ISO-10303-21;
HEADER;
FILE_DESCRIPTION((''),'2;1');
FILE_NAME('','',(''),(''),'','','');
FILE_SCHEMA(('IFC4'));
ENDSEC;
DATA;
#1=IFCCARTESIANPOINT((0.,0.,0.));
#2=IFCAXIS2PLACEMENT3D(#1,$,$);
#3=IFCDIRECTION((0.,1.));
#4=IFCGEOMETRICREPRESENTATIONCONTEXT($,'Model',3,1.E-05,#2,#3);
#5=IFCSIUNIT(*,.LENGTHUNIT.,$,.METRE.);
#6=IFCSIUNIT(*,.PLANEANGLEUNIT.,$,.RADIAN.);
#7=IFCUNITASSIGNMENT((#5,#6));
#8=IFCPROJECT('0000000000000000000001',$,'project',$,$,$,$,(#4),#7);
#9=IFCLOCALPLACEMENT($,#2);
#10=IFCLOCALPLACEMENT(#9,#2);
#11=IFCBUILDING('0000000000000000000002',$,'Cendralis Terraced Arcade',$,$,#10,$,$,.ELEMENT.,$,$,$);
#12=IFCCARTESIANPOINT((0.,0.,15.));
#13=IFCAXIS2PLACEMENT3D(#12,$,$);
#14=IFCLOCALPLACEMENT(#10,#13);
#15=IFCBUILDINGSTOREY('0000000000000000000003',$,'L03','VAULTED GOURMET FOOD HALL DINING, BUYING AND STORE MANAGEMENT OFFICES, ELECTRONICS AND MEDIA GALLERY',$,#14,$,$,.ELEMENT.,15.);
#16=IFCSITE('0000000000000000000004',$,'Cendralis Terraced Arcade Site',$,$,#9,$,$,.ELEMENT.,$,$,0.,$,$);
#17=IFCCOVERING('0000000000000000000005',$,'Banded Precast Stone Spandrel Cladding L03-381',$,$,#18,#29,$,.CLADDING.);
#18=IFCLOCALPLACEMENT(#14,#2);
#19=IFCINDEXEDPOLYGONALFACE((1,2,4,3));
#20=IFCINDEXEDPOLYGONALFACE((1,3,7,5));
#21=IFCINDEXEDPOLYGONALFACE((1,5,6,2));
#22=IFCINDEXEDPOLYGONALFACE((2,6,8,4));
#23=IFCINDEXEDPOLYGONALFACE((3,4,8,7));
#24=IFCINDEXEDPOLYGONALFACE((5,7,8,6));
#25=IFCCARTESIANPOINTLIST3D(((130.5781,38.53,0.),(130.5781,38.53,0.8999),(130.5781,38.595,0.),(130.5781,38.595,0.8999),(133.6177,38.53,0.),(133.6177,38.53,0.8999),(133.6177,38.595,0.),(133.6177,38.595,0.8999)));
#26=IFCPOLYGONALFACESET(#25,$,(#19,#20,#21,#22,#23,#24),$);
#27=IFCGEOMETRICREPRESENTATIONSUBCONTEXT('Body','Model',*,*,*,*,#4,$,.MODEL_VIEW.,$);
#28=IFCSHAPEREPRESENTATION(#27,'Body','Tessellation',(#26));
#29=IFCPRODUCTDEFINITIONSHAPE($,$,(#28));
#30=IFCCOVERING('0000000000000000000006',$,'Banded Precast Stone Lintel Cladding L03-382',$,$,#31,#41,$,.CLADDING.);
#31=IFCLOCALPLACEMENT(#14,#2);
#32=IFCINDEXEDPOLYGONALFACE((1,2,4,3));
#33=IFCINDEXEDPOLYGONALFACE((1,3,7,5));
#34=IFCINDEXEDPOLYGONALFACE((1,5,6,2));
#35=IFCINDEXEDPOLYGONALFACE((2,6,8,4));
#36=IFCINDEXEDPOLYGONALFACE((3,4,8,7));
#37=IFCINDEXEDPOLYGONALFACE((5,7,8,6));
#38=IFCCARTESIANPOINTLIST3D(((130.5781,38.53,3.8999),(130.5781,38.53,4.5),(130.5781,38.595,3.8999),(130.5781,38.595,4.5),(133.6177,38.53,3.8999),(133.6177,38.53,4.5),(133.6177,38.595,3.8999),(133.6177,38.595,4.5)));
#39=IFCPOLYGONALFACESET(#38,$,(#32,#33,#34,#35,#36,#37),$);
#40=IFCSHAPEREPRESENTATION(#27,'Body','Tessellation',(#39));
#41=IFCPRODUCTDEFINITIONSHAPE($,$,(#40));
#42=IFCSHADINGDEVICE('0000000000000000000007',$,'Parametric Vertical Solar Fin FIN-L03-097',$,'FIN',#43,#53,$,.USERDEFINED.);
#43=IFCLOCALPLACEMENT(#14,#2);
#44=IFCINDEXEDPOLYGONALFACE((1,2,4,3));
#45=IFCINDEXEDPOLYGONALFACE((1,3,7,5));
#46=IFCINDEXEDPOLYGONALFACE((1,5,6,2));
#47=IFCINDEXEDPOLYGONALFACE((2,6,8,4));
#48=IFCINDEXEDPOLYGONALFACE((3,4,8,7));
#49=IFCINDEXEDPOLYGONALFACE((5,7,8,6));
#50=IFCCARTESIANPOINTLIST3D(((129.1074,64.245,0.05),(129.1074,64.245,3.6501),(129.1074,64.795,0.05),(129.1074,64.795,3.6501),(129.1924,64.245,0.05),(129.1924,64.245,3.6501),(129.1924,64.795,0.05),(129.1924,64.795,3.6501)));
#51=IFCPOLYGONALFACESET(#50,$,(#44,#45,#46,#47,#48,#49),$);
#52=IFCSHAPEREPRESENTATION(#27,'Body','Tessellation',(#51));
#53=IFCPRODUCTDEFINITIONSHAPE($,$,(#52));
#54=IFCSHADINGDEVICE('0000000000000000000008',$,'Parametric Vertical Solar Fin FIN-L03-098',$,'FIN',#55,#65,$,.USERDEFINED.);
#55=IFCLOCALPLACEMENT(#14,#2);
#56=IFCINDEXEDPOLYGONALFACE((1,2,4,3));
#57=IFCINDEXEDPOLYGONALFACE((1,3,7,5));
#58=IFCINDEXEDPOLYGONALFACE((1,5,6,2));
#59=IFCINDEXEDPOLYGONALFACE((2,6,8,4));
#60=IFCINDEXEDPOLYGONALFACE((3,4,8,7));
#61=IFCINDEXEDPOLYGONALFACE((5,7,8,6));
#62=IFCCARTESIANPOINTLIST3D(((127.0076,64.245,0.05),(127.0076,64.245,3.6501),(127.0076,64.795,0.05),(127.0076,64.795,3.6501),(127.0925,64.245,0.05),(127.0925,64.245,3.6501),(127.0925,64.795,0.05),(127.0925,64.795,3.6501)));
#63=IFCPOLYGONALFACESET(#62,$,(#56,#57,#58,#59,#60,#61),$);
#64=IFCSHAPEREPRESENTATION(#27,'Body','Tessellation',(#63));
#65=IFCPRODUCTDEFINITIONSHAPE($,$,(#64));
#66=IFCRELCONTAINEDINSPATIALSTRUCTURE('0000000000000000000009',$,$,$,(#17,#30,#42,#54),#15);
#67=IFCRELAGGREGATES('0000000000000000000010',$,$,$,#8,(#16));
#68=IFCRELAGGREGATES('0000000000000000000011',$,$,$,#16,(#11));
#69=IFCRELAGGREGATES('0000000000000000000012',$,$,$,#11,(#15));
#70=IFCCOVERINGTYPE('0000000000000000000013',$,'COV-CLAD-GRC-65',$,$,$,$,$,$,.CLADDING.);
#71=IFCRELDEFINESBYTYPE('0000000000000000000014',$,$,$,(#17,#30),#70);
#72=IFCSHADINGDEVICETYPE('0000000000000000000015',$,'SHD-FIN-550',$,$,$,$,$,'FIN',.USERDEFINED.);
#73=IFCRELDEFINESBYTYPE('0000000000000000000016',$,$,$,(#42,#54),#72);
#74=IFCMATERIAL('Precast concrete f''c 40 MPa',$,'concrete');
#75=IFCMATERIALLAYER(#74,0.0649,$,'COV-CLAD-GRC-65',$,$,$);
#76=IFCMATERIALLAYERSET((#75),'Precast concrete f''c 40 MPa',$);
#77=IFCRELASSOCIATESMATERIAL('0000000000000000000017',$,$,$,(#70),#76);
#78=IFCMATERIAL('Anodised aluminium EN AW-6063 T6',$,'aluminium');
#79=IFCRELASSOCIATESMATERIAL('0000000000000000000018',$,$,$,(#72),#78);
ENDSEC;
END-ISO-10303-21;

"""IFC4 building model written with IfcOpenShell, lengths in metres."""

from ifc_helpers import new_model, si_unit, direction, frame, origin, origin_2d, place, context, subcontext, project, spatial, rectangle, extrude, material, layer, layer_set, type_object, element, save


model = new_model("IFC4")

# Units and contexts
model_context = context("Model", 3, precision=1e-05, world=origin(), true_north=direction((0.0, 1.0)))
body_context = subcontext(model_context, "Body", "Model", "MODEL_VIEW")
ifc_project = project(units=[si_unit("LENGTHUNIT", "METRE"), si_unit("PLANEANGLEUNIT", "RADIAN")], contexts=[model_context])

# Site, building, storey
site_placement = place(None, origin())
site = spatial("IfcSite", under=ifc_project, at=site_placement, Name="Cendralis Terraced Arcade Site", CompositionType="ELEMENT", RefElevation=0.0)
building_placement = place(site_placement, origin())
building = spatial("IfcBuilding", under=site, at=building_placement, Name="Cendralis Terraced Arcade", CompositionType="ELEMENT")
storey_placement = place(building_placement, frame((0.0, 0.0, 15.0)))
storey = spatial("IfcBuildingStorey", under=building, at=storey_placement, Name="L03", Description="VAULTED GOURMET FOOD HALL DINING, BUYING AND STORE MANAGEMENT OFFICES, ELECTRONICS AND MEDIA GALLERY", CompositionType="ELEMENT", Elevation=15.0)

# Shared definitions
ifc_material_1 = material(Name="Anodised aluminium EN AW-6063 T6", Category="aluminium")

# Shared definitions
ifc_material_2 = material(Name="Precast concrete f'c 40 MPa", Category="concrete")

# Coverings
ifc_layer_1 = layer(ifc_material_2, 0.0649, Name="COV-CLAD-GRC-65")
ifc_layer_set_1 = layer_set([ifc_layer_1], Name="Precast concrete f'c 40 MPa")
covering_type = type_object("IfcCoveringType", Name="COV-CLAD-GRC-65", PredefinedType="CLADDING", material=ifc_layer_set_1)
covering_1_placement = place(storey_placement, frame((132.0979, 38.5625, 0.0), z_axis=(0.0, 0.0, 1.0), x_axis=(1.0, 0.0, 0.0)))
element("IfcCovering", 1, at=covering_1_placement, inside=storey, type_object=covering_type, Name="Banded Precast Stone Spandrel Cladding L03-381", PredefinedType="CLADDING", context=body_context, shape_type="SweptSolid", body=[
    extrude(rectangle(XDim=3.0396, YDim=0.0649, at=origin_2d()), origin(), (0.0, 0.0, 1.0), 0.8999),
])
covering_2_placement = place(storey_placement, frame((132.0979, 38.5625, 3.8999), z_axis=(0.0, 0.0, 1.0), x_axis=(1.0, 0.0, 0.0)))
element("IfcCovering", 2, at=covering_2_placement, inside=storey, type_object=covering_type, Name="Banded Precast Stone Lintel Cladding L03-382", PredefinedType="CLADDING", context=body_context, shape_type="SweptSolid", body=[
    extrude(rectangle(XDim=3.0396, YDim=0.0649, at=origin_2d()), origin(), (0.0, 0.0, 1.0), 0.6001),
])

# Shading devices
shading_device_type = type_object("IfcShadingDeviceType", Name="SHD-FIN-550", ElementType="FIN", PredefinedType="USERDEFINED", material=ifc_material_1)
for number, where, z_axis, x_axis, name in (
    (3, (129.1499, 64.52, 0.05), (0.0, 0.0, 1.0), (-1.0, 0.0, 0.0), "Parametric Vertical Solar Fin FIN-L03-097"),
    (4, (127.05, 64.52, 0.05), (0.0, 0.0, 1.0), (-1.0, 0.0, 0.0), "Parametric Vertical Solar Fin FIN-L03-098"),
):
    element("IfcShadingDevice", number, at=place(storey_placement, frame(where, z_axis=z_axis, x_axis=x_axis)), inside=storey, type_object=shading_device_type, Name=name, ObjectType="FIN", PredefinedType="USERDEFINED", context=body_context, shape_type="SweptSolid", body=[
        extrude(rectangle(XDim=0.085, YDim=0.55, at=origin_2d()), origin(), (0.0, 0.0, 1.0), 3.6001),
    ])

save(model, "model.ifc")
